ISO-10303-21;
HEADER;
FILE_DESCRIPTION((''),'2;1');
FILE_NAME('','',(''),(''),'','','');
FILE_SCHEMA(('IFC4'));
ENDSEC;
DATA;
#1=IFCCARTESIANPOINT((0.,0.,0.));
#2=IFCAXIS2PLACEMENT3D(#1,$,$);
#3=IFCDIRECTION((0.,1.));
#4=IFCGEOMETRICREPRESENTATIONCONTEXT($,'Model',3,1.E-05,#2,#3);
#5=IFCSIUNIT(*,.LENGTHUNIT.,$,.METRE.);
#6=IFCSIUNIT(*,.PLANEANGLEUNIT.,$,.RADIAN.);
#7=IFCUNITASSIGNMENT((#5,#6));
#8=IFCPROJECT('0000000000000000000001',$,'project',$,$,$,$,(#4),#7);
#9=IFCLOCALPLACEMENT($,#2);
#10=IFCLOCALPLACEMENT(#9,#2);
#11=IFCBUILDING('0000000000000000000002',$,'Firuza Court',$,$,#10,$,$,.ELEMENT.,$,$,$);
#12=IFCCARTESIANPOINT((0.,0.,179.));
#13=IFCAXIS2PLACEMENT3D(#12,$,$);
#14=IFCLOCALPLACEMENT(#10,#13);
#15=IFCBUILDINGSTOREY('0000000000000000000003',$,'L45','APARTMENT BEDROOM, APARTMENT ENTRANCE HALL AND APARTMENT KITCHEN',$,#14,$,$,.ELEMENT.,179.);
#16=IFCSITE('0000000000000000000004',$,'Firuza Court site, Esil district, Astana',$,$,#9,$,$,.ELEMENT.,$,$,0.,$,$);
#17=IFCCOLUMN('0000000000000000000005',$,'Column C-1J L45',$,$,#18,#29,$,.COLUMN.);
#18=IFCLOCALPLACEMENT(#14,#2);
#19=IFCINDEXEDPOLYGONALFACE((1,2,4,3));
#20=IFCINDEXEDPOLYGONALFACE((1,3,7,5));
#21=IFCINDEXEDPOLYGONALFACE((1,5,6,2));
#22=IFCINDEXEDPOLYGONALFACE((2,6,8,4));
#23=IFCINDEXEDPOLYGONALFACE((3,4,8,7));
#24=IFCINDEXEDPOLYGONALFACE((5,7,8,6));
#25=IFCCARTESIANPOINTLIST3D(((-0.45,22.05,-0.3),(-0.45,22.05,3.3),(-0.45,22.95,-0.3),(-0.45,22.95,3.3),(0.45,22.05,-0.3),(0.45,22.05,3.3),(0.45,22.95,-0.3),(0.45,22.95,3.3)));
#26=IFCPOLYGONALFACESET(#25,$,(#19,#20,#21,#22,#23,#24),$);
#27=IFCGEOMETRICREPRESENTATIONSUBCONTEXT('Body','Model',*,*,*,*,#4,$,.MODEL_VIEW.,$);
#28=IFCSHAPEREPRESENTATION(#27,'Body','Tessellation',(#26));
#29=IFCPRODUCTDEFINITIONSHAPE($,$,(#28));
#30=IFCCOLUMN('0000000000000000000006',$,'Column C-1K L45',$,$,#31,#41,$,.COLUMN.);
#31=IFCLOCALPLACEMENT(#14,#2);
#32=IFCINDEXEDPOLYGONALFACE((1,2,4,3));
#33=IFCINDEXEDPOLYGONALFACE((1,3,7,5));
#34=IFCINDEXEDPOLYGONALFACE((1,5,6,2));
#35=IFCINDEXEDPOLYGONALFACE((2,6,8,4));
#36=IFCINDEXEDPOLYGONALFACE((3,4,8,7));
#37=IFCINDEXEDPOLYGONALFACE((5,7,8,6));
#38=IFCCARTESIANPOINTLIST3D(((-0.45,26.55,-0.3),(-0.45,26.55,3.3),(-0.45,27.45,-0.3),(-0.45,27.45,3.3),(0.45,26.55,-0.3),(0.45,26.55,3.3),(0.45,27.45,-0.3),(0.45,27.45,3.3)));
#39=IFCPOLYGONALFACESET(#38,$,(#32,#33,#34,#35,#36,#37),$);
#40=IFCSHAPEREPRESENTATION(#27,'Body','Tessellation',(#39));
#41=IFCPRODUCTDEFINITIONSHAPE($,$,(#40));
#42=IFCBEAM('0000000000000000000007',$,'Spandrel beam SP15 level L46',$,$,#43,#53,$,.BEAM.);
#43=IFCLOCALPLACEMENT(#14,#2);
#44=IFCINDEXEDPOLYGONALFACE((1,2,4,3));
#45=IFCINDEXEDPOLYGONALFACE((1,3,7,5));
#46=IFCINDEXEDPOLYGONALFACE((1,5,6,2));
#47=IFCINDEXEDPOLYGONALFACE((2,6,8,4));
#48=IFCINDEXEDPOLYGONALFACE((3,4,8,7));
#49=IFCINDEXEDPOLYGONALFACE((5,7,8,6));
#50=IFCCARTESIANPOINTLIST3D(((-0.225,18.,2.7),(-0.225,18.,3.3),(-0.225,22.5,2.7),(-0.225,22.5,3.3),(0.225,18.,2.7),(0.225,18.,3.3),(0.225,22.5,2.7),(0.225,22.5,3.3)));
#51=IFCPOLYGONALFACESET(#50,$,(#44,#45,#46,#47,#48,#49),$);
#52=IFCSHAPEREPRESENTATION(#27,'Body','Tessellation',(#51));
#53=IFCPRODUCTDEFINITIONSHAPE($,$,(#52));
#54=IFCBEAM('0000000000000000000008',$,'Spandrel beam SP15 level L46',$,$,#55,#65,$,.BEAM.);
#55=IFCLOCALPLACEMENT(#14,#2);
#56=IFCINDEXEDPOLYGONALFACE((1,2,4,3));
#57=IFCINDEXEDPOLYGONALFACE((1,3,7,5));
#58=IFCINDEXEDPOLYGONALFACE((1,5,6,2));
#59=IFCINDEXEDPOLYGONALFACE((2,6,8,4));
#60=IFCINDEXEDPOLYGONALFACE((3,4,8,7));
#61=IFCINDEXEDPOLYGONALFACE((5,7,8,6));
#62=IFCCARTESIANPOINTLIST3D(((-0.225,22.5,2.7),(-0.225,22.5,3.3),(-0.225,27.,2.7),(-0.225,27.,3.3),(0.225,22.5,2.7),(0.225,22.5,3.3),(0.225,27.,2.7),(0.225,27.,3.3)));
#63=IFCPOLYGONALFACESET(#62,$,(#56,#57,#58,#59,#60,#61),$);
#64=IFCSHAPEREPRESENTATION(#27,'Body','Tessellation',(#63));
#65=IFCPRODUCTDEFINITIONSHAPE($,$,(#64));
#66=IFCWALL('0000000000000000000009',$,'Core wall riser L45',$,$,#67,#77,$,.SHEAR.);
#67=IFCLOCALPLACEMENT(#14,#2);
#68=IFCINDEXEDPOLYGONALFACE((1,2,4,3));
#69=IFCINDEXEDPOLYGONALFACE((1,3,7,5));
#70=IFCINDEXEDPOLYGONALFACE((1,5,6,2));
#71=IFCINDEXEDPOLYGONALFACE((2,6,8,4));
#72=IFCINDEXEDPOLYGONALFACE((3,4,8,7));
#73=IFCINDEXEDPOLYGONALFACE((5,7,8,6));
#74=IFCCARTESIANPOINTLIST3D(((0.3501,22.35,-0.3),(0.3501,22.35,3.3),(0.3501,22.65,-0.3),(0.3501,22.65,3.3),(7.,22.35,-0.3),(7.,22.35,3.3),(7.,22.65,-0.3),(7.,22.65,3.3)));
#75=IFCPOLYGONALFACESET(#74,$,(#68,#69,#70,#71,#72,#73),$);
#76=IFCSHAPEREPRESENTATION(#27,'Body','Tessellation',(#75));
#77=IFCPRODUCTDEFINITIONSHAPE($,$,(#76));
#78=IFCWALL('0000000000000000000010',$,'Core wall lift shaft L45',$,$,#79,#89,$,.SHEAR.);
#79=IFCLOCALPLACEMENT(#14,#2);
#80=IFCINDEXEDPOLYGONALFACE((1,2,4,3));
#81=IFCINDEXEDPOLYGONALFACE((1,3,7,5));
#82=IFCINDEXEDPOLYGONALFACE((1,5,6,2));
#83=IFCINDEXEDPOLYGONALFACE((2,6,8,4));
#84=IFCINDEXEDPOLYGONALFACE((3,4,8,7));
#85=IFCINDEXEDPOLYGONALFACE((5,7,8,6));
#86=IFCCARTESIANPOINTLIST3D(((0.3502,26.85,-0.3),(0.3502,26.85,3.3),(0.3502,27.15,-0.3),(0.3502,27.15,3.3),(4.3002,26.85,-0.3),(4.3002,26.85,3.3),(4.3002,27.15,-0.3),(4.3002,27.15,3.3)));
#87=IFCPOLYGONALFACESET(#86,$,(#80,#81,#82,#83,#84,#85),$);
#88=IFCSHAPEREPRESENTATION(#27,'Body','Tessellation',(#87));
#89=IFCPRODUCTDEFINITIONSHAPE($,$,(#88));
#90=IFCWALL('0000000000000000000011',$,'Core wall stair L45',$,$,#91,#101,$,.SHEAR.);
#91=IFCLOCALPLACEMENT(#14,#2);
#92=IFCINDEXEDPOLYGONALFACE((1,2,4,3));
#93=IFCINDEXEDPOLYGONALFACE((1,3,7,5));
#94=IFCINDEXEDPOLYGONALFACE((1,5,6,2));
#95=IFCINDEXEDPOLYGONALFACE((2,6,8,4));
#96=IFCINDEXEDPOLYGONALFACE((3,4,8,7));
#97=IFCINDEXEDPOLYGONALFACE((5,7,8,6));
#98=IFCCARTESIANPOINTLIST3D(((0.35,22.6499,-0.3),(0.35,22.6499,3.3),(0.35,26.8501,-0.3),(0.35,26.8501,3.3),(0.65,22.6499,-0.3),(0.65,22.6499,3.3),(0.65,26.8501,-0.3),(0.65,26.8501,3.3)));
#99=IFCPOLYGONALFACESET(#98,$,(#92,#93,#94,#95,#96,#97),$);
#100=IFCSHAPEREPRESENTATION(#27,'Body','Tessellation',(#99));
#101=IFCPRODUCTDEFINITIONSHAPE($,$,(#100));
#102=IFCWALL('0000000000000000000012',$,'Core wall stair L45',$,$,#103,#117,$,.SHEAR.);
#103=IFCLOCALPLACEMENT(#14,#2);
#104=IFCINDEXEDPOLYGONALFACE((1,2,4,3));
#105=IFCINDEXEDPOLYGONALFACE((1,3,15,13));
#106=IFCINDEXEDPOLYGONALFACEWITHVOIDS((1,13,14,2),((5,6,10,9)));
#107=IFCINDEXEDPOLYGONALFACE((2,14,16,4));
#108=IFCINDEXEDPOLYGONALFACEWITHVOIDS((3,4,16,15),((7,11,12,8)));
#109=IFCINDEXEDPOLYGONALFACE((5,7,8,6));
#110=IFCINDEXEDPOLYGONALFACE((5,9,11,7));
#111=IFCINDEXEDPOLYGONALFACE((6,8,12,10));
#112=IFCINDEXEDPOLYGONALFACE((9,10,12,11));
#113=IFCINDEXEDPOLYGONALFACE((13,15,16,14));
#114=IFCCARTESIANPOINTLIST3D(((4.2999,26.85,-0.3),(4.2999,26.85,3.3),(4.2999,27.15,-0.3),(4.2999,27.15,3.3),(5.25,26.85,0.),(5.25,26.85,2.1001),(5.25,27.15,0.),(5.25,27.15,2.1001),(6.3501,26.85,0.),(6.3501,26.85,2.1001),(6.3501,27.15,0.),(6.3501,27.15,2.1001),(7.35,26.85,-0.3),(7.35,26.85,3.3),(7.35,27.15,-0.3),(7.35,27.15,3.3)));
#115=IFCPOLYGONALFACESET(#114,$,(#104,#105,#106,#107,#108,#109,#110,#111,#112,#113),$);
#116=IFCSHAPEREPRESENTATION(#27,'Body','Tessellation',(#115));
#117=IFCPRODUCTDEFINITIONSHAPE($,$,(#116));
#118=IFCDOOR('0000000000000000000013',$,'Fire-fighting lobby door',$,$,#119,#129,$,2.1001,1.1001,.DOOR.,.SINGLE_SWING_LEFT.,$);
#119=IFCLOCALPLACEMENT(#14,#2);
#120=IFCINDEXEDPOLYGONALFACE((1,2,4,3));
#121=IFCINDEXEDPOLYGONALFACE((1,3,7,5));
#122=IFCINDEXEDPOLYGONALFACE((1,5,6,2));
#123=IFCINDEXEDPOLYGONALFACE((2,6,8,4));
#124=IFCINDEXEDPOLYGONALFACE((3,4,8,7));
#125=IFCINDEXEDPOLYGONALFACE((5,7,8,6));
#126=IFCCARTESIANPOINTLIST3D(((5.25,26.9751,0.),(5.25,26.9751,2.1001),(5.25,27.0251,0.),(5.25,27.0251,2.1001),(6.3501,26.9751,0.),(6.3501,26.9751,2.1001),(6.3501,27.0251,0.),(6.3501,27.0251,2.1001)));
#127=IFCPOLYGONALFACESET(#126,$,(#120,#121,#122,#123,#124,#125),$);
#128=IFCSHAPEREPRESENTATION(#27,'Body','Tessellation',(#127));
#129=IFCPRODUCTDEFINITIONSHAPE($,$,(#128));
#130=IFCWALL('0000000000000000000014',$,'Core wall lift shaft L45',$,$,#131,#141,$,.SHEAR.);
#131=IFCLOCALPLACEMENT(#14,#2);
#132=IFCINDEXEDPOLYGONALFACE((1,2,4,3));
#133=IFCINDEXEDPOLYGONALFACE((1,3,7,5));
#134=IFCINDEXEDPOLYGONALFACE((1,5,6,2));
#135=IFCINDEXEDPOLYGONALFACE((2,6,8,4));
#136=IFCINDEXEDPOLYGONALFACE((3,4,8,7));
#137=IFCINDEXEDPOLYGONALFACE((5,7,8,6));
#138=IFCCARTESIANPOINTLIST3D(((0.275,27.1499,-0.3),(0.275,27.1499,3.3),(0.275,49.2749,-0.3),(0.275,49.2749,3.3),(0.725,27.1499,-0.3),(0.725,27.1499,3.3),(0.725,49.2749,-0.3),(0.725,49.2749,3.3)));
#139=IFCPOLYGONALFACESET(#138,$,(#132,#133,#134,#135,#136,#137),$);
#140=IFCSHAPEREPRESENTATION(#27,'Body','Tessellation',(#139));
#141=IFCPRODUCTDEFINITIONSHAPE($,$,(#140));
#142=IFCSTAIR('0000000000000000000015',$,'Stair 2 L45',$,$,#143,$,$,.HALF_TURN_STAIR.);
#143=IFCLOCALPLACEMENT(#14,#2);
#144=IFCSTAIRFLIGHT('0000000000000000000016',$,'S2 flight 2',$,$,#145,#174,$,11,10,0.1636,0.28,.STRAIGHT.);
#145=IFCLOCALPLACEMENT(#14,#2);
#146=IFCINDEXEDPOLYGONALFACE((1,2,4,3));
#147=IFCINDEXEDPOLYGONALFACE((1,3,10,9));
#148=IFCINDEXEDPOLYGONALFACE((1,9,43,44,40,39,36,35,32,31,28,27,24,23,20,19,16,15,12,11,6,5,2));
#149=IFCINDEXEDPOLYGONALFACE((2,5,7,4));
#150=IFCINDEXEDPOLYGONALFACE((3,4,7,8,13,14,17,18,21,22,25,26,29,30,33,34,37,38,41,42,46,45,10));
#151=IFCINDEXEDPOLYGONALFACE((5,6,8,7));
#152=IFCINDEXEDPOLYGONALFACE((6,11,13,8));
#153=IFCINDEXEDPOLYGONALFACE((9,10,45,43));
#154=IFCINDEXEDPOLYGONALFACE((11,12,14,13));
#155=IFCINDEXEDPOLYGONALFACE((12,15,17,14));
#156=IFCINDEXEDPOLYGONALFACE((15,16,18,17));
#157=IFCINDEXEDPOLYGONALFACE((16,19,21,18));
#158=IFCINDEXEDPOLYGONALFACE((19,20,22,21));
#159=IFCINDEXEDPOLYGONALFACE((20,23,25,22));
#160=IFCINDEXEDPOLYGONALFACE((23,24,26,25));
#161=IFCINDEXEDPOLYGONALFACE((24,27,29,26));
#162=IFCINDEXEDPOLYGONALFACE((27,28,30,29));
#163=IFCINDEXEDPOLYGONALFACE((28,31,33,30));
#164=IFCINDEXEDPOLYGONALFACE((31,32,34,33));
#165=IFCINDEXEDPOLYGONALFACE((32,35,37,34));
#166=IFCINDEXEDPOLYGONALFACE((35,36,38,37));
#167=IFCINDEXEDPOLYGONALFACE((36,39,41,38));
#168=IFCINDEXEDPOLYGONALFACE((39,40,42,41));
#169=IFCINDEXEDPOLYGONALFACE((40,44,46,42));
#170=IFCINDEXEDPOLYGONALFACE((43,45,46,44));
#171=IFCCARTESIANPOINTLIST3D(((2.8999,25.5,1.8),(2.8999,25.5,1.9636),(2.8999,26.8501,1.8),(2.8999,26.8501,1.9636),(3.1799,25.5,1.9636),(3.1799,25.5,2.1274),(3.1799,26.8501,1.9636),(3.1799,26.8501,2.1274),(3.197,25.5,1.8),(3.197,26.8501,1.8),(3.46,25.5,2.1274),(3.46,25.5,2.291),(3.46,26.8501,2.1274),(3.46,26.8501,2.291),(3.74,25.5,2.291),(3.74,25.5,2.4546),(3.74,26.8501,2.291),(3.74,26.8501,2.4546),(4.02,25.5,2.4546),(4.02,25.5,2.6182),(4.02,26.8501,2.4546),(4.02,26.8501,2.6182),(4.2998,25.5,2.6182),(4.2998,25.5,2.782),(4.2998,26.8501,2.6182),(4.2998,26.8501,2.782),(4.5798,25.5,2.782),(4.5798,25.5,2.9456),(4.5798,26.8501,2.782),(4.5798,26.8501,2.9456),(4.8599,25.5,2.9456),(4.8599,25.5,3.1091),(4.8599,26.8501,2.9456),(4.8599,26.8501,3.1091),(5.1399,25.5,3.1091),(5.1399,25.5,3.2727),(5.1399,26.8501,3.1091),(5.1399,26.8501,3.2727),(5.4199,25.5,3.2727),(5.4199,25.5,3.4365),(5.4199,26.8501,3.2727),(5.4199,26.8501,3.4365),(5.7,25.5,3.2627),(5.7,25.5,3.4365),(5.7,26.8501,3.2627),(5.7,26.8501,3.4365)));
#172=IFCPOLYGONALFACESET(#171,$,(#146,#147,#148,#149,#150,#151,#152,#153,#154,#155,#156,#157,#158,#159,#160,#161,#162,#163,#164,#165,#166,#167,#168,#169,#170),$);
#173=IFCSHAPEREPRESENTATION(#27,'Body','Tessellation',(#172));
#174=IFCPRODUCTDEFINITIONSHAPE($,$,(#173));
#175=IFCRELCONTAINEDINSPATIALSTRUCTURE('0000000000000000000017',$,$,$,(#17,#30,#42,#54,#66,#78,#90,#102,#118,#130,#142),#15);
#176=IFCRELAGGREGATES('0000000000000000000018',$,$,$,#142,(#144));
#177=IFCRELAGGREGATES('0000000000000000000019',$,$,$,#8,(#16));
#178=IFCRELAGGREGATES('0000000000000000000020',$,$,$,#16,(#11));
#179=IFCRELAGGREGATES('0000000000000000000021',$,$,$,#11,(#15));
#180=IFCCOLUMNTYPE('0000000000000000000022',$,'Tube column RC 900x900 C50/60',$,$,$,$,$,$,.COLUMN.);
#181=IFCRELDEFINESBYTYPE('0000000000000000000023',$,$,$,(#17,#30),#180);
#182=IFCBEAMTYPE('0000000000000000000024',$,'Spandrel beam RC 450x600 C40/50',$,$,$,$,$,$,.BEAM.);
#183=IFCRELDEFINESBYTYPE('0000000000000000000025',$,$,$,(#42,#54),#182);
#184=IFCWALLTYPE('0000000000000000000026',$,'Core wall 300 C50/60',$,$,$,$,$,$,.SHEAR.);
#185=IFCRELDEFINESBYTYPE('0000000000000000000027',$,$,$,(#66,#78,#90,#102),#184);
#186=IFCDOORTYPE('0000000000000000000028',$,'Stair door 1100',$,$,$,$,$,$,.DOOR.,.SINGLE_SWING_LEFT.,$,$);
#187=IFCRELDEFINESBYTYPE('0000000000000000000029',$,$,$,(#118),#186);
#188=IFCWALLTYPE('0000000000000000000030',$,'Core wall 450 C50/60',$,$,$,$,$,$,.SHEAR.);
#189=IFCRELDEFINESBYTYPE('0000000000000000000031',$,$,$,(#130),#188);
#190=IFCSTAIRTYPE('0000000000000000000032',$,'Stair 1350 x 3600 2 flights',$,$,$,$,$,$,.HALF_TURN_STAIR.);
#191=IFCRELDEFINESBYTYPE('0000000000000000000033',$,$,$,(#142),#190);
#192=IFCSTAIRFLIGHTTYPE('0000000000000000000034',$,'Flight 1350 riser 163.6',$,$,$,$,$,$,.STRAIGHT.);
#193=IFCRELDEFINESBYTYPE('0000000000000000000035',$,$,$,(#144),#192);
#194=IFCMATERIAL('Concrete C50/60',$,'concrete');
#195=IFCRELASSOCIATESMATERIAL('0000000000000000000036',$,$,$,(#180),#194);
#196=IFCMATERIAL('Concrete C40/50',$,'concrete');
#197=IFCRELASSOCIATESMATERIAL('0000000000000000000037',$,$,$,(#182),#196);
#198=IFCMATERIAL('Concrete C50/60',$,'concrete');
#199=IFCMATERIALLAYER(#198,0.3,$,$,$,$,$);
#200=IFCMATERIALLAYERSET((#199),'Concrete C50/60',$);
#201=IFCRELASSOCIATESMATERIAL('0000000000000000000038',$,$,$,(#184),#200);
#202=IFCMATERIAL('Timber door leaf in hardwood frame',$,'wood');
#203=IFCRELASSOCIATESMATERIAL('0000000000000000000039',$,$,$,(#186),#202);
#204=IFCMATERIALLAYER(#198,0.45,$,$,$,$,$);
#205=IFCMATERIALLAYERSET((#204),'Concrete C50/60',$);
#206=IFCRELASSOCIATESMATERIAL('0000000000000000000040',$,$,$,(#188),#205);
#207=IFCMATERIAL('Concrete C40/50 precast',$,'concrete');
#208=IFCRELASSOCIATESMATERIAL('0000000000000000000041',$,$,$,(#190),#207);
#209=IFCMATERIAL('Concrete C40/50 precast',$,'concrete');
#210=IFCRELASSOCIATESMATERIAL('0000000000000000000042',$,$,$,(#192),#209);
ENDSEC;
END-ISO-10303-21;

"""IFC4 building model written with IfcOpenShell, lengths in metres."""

from ifc_helpers import new_model, si_unit, direction, frame, frame_2d, origin, origin_2d, place, context, subcontext, project, spatial, polyline, rectangle, outline, extrude, material, layer, layer_set, material_profile, profile_set, type_object, element, fill, aggregate, save


model = new_model("IFC4")

# Units and contexts
model_context = context("Model", 3, precision=1e-05, world=origin(), true_north=direction((0.0, 1.0)))
body_context = subcontext(model_context, "Body", "Model", "MODEL_VIEW")
ifc_project = project(units=[si_unit("LENGTHUNIT", "METRE"), si_unit("PLANEANGLEUNIT", "RADIAN")], contexts=[model_context])

# Site, building, storey
site_placement = place(None, origin())
site = spatial("IfcSite", under=ifc_project, at=site_placement, Name="Firuza Court site, Esil district, Astana", CompositionType="ELEMENT", RefElevation=0.0)
building_placement = place(site_placement, origin())
building = spatial("IfcBuilding", under=site, at=building_placement, Name="Firuza Court", CompositionType="ELEMENT")
storey_placement = place(building_placement, frame((0.0, 0.0, 179.0)))
storey = spatial("IfcBuildingStorey", under=building, at=storey_placement, Name="L45", Description="APARTMENT BEDROOM, APARTMENT ENTRANCE HALL AND APARTMENT KITCHEN", CompositionType="ELEMENT", Elevation=179.0)

# Columns
ifc_material_1 = material(Name="Concrete C50/60", Category="concrete")
ifc_material_profile_1 = material_profile(ifc_material_1, rectangle(XDim=0.8999, YDim=0.8999, at=origin_2d()), Name="RC 900x900")
ifc_profile_set_1 = profile_set([ifc_material_profile_1], Name="Concrete C50/60")
column_type = type_object("IfcColumnType", Name="Tube column RC 900x900 C50/60", PredefinedType="COLUMN", material=ifc_profile_set_1)
for number, where, z_axis, x_axis, name in (
    (1, (0.0, 22.5, -0.3), (0.0, 0.0, 1.0), (1.0, 0.0, 0.0), "Column C-1J L45"),
    (2, (0.0, 27.0, -0.3), (0.0, 0.0, 1.0), (1.0, 0.0, 0.0), "Column C-1K L45"),
):
    element("IfcColumn", number, at=place(storey_placement, frame(where, z_axis=z_axis, x_axis=x_axis)), inside=storey, type_object=column_type, Name=name, PredefinedType="COLUMN", context=body_context, shape_type="SweptSolid", body=[
        extrude(rectangle(XDim=0.8999, YDim=0.8999, at=origin_2d()), origin(), (0.0, 0.0, 1.0), 3.6001),
    ])

# Beams
ifc_material_2 = material(Name="Concrete C40/50", Category="concrete")
ifc_material_profile_2 = material_profile(ifc_material_2, rectangle(XDim=0.45, YDim=0.6001, at=origin_2d()), Name="RC 450x600")
ifc_profile_set_2 = profile_set([ifc_material_profile_2], Name="Concrete C40/50")
beam_type = type_object("IfcBeamType", Name="Spandrel beam RC 450x600 C40/50", PredefinedType="BEAM", material=ifc_profile_set_2)
for number, where, z_axis, x_axis, name in (
    (3, (0.0, 22.5, 3.0), (0.0, -1.0, 0.0), (1.0, 0.0, 0.0), "Spandrel beam SP15 level L46"),
    (4, (0.0, 27.0, 3.0), (0.0, -1.0, 0.0), (1.0, 0.0, 0.0), "Spandrel beam SP15 level L46"),
):
    element("IfcBeam", number, at=place(storey_placement, frame(where, z_axis=z_axis, x_axis=x_axis)), inside=storey, type_object=beam_type, Name=name, PredefinedType="BEAM", context=body_context, shape_type="SweptSolid", body=[
        extrude(rectangle(XDim=0.45, YDim=0.6001, at=origin_2d()), origin(), (0.0, 0.0, 1.0), 4.5),
    ])

# Walls
ifc_material_3 = material(Name="Concrete C50/60", Category="concrete")
ifc_layer_1 = layer(ifc_material_3, 0.3)
ifc_layer_set_1 = layer_set([ifc_layer_1], Name="Concrete C50/60")
wall_type_1 = type_object("IfcWallType", Name="Core wall 300 C50/60", PredefinedType="SHEAR", material=ifc_layer_set_1)
wall_1_placement = place(storey_placement, frame((0.3501, 22.5, -0.3), z_axis=(0.0, 0.0, 1.0), x_axis=(1.0, 0.0, 0.0)))
element("IfcWall", 5, at=wall_1_placement, inside=storey, type_object=wall_type_1, Name="Core wall riser L45", PredefinedType="SHEAR", context=body_context, shape_type="SweptSolid", body=[
    extrude(rectangle(XDim=6.6499, YDim=0.3, at=frame_2d((3.325, 0.0))), origin(), (0.0, 0.0, 1.0), 3.6001),
])
wall_2_placement = place(storey_placement, frame((0.3501, 27.0, -0.3), z_axis=(0.0, 0.0, 1.0), x_axis=(1.0, 0.0, 0.0)))
element("IfcWall", 6, at=wall_2_placement, inside=storey, type_object=wall_type_1, Name="Core wall lift shaft L45", PredefinedType="SHEAR", context=body_context, shape_type="SweptSolid", body=[
    extrude(rectangle(XDim=3.95, YDim=0.3, at=frame_2d((1.9751, 0.0))), origin(), (0.0, 0.0, 1.0), 3.6001),
])
wall_3_placement = place(storey_placement, frame((0.5, 22.6499, -0.3), z_axis=(0.0, 0.0, 1.0), x_axis=(0.0, 1.0, 0.0)))
element("IfcWall", 7, at=wall_3_placement, inside=storey, type_object=wall_type_1, Name="Core wall stair L45", PredefinedType="SHEAR", context=body_context, shape_type="SweptSolid", body=[
    extrude(rectangle(XDim=4.2002, YDim=0.3, at=frame_2d((2.1001, 0.0))), origin(), (0.0, 0.0, 1.0), 3.6001),
])

# Wall, opening, door
wall_4_placement = place(storey_placement, frame((4.3, 27.0, -0.3), z_axis=(0.0, 0.0, 1.0), x_axis=(1.0, 0.0, 0.0)))
wall_4 = element("IfcWall", 8, at=wall_4_placement, inside=storey, type_object=wall_type_1, Name="Core wall stair L45", PredefinedType="SHEAR", context=body_context, shape_type="SweptSolid", body=[
    extrude(rectangle(XDim=3.05, YDim=0.3, at=frame_2d((1.5249, 0.0))), origin(), (0.0, 0.0, 1.0), 3.6001),
])
opening_1_placement = place(wall_4_placement, frame((0.95, 0.0, 0.3)))
opening_1 = element("IfcOpeningElement", 9, at=opening_1_placement, cuts=wall_4, PredefinedType="OPENING", context=body_context, shape_type="SweptSolid", body=[
    extrude(rectangle(XDim=1.1001, YDim=2.1001, at=frame_2d((0.55, 1.05))), frame((0.0, 0.1621, 0.0), z_axis=(0.0, -1.0, 0.0), x_axis=(1.0, 0.0, 0.0)), (0.0, 0.0, 1.0), 0.324),
])
ifc_material_4 = material(Name="Timber door leaf in hardwood frame", Category="wood")
door_type_1 = type_object("IfcDoorType", Name="Stair door 1100", OperationType="SINGLE_SWING_LEFT", PredefinedType="DOOR", material=ifc_material_4)
door_1_placement = place(opening_1_placement, frame((1.1001, 0.0, 0.0), z_axis=(0.0, 0.0, 1.0), x_axis=(-1.0, 0.0, 0.0)))
door_1 = element("IfcDoor", 10, at=door_1_placement, inside=storey, type_object=door_type_1, Name="Fire-fighting lobby door", OperationType="SINGLE_SWING_LEFT", OverallHeight=2.1001, OverallWidth=1.1001, PredefinedType="DOOR", context=body_context, shape_type="SweptSolid", body=[
    extrude(rectangle(XDim=1.1001, YDim=2.1001, at=frame_2d((0.55, 1.05))), frame((0.0, 0.0249, 0.0), z_axis=(0.0, -1.0, 0.0), x_axis=(1.0, 0.0, 0.0)), (0.0, 0.0, 1.0), 0.05),
])
fill(opening_1, door_1)

# Wall
ifc_layer_2 = layer(ifc_material_3, 0.45)
ifc_layer_set_2 = layer_set([ifc_layer_2], Name="Concrete C50/60")
wall_type_2 = type_object("IfcWallType", Name="Core wall 450 C50/60", PredefinedType="SHEAR", material=ifc_layer_set_2)
wall_5_placement = place(storey_placement, frame((0.5, 27.1499, -0.3), z_axis=(0.0, 0.0, 1.0), x_axis=(0.0, 1.0, 0.0)))
element("IfcWall", 11, at=wall_5_placement, inside=storey, type_object=wall_type_2, Name="Core wall lift shaft L45", PredefinedType="SHEAR", context=body_context, shape_type="SweptSolid", body=[
    extrude(rectangle(XDim=22.125, YDim=0.45, at=frame_2d((11.0625, 0.0))), origin(), (0.0, 0.0, 1.0), 3.6001),
])

# Stair, stair flight
ifc_material_5 = material(Name="Concrete C40/50 precast", Category="concrete")
stair_type = type_object("IfcStairType", Name="Stair 1350 x 3600 2 flights", PredefinedType="HALF_TURN_STAIR", material=ifc_material_5)
stair_placement = place(storey_placement, origin())
stair = element("IfcStair", 12, at=stair_placement, inside=storey, type_object=stair_type, Name="Stair 2 L45", PredefinedType="HALF_TURN_STAIR")
ifc_material_6 = material(Name="Concrete C40/50 precast", Category="concrete")
stair_flight_type = type_object("IfcStairFlightType", Name="Flight 1350 riser 163.6", PredefinedType="STRAIGHT", material=ifc_material_6)
stair_flight_placement = place(storey_placement, frame((2.8999, 26.175, 1.8), z_axis=(0.0, 0.0, 1.0), x_axis=(1.0, 0.0, 0.0)))
stair_flight = element("IfcStairFlight", 13, at=stair_flight_placement, type_object=stair_flight_type, Name="S2 flight 2", NumberOfRisers=11, NumberOfTreads=10, PredefinedType="STRAIGHT", RiserHeight=0.1636, TreadLength=0.28, context=body_context, shape_type="SweptSolid", body=[
    extrude(outline(polyline([(0.0, 0.0), (0.0, 0.1636), (0.28, 0.1636), (0.28, 0.3274), (0.5601, 0.3274), (0.5601, 0.491), (0.8401, 0.491), (0.8401, 0.6545), (1.1201, 0.6545), (1.1201, 0.8181), (1.3999, 0.8181), (1.3999, 0.9819), (1.6799, 0.9819), (1.6799, 1.1455), (1.96, 1.1455), (1.96, 1.3091), (2.24, 1.3091), (2.24, 1.4727), (2.52, 1.4727), (2.52, 1.6365), (2.8, 1.6365), (2.8, 1.8), (2.8, 1.4626), (0.2971, 0.0), (0.0, 0.0)])), frame((0.0, 0.675, 0.0), z_axis=(0.0, -1.0, 0.0), x_axis=(1.0, 0.0, 0.0)), (0.0, 0.0, 1.0), 1.3501),
])
aggregate(stair, [stair_flight])

save(model, "model.ifc")
